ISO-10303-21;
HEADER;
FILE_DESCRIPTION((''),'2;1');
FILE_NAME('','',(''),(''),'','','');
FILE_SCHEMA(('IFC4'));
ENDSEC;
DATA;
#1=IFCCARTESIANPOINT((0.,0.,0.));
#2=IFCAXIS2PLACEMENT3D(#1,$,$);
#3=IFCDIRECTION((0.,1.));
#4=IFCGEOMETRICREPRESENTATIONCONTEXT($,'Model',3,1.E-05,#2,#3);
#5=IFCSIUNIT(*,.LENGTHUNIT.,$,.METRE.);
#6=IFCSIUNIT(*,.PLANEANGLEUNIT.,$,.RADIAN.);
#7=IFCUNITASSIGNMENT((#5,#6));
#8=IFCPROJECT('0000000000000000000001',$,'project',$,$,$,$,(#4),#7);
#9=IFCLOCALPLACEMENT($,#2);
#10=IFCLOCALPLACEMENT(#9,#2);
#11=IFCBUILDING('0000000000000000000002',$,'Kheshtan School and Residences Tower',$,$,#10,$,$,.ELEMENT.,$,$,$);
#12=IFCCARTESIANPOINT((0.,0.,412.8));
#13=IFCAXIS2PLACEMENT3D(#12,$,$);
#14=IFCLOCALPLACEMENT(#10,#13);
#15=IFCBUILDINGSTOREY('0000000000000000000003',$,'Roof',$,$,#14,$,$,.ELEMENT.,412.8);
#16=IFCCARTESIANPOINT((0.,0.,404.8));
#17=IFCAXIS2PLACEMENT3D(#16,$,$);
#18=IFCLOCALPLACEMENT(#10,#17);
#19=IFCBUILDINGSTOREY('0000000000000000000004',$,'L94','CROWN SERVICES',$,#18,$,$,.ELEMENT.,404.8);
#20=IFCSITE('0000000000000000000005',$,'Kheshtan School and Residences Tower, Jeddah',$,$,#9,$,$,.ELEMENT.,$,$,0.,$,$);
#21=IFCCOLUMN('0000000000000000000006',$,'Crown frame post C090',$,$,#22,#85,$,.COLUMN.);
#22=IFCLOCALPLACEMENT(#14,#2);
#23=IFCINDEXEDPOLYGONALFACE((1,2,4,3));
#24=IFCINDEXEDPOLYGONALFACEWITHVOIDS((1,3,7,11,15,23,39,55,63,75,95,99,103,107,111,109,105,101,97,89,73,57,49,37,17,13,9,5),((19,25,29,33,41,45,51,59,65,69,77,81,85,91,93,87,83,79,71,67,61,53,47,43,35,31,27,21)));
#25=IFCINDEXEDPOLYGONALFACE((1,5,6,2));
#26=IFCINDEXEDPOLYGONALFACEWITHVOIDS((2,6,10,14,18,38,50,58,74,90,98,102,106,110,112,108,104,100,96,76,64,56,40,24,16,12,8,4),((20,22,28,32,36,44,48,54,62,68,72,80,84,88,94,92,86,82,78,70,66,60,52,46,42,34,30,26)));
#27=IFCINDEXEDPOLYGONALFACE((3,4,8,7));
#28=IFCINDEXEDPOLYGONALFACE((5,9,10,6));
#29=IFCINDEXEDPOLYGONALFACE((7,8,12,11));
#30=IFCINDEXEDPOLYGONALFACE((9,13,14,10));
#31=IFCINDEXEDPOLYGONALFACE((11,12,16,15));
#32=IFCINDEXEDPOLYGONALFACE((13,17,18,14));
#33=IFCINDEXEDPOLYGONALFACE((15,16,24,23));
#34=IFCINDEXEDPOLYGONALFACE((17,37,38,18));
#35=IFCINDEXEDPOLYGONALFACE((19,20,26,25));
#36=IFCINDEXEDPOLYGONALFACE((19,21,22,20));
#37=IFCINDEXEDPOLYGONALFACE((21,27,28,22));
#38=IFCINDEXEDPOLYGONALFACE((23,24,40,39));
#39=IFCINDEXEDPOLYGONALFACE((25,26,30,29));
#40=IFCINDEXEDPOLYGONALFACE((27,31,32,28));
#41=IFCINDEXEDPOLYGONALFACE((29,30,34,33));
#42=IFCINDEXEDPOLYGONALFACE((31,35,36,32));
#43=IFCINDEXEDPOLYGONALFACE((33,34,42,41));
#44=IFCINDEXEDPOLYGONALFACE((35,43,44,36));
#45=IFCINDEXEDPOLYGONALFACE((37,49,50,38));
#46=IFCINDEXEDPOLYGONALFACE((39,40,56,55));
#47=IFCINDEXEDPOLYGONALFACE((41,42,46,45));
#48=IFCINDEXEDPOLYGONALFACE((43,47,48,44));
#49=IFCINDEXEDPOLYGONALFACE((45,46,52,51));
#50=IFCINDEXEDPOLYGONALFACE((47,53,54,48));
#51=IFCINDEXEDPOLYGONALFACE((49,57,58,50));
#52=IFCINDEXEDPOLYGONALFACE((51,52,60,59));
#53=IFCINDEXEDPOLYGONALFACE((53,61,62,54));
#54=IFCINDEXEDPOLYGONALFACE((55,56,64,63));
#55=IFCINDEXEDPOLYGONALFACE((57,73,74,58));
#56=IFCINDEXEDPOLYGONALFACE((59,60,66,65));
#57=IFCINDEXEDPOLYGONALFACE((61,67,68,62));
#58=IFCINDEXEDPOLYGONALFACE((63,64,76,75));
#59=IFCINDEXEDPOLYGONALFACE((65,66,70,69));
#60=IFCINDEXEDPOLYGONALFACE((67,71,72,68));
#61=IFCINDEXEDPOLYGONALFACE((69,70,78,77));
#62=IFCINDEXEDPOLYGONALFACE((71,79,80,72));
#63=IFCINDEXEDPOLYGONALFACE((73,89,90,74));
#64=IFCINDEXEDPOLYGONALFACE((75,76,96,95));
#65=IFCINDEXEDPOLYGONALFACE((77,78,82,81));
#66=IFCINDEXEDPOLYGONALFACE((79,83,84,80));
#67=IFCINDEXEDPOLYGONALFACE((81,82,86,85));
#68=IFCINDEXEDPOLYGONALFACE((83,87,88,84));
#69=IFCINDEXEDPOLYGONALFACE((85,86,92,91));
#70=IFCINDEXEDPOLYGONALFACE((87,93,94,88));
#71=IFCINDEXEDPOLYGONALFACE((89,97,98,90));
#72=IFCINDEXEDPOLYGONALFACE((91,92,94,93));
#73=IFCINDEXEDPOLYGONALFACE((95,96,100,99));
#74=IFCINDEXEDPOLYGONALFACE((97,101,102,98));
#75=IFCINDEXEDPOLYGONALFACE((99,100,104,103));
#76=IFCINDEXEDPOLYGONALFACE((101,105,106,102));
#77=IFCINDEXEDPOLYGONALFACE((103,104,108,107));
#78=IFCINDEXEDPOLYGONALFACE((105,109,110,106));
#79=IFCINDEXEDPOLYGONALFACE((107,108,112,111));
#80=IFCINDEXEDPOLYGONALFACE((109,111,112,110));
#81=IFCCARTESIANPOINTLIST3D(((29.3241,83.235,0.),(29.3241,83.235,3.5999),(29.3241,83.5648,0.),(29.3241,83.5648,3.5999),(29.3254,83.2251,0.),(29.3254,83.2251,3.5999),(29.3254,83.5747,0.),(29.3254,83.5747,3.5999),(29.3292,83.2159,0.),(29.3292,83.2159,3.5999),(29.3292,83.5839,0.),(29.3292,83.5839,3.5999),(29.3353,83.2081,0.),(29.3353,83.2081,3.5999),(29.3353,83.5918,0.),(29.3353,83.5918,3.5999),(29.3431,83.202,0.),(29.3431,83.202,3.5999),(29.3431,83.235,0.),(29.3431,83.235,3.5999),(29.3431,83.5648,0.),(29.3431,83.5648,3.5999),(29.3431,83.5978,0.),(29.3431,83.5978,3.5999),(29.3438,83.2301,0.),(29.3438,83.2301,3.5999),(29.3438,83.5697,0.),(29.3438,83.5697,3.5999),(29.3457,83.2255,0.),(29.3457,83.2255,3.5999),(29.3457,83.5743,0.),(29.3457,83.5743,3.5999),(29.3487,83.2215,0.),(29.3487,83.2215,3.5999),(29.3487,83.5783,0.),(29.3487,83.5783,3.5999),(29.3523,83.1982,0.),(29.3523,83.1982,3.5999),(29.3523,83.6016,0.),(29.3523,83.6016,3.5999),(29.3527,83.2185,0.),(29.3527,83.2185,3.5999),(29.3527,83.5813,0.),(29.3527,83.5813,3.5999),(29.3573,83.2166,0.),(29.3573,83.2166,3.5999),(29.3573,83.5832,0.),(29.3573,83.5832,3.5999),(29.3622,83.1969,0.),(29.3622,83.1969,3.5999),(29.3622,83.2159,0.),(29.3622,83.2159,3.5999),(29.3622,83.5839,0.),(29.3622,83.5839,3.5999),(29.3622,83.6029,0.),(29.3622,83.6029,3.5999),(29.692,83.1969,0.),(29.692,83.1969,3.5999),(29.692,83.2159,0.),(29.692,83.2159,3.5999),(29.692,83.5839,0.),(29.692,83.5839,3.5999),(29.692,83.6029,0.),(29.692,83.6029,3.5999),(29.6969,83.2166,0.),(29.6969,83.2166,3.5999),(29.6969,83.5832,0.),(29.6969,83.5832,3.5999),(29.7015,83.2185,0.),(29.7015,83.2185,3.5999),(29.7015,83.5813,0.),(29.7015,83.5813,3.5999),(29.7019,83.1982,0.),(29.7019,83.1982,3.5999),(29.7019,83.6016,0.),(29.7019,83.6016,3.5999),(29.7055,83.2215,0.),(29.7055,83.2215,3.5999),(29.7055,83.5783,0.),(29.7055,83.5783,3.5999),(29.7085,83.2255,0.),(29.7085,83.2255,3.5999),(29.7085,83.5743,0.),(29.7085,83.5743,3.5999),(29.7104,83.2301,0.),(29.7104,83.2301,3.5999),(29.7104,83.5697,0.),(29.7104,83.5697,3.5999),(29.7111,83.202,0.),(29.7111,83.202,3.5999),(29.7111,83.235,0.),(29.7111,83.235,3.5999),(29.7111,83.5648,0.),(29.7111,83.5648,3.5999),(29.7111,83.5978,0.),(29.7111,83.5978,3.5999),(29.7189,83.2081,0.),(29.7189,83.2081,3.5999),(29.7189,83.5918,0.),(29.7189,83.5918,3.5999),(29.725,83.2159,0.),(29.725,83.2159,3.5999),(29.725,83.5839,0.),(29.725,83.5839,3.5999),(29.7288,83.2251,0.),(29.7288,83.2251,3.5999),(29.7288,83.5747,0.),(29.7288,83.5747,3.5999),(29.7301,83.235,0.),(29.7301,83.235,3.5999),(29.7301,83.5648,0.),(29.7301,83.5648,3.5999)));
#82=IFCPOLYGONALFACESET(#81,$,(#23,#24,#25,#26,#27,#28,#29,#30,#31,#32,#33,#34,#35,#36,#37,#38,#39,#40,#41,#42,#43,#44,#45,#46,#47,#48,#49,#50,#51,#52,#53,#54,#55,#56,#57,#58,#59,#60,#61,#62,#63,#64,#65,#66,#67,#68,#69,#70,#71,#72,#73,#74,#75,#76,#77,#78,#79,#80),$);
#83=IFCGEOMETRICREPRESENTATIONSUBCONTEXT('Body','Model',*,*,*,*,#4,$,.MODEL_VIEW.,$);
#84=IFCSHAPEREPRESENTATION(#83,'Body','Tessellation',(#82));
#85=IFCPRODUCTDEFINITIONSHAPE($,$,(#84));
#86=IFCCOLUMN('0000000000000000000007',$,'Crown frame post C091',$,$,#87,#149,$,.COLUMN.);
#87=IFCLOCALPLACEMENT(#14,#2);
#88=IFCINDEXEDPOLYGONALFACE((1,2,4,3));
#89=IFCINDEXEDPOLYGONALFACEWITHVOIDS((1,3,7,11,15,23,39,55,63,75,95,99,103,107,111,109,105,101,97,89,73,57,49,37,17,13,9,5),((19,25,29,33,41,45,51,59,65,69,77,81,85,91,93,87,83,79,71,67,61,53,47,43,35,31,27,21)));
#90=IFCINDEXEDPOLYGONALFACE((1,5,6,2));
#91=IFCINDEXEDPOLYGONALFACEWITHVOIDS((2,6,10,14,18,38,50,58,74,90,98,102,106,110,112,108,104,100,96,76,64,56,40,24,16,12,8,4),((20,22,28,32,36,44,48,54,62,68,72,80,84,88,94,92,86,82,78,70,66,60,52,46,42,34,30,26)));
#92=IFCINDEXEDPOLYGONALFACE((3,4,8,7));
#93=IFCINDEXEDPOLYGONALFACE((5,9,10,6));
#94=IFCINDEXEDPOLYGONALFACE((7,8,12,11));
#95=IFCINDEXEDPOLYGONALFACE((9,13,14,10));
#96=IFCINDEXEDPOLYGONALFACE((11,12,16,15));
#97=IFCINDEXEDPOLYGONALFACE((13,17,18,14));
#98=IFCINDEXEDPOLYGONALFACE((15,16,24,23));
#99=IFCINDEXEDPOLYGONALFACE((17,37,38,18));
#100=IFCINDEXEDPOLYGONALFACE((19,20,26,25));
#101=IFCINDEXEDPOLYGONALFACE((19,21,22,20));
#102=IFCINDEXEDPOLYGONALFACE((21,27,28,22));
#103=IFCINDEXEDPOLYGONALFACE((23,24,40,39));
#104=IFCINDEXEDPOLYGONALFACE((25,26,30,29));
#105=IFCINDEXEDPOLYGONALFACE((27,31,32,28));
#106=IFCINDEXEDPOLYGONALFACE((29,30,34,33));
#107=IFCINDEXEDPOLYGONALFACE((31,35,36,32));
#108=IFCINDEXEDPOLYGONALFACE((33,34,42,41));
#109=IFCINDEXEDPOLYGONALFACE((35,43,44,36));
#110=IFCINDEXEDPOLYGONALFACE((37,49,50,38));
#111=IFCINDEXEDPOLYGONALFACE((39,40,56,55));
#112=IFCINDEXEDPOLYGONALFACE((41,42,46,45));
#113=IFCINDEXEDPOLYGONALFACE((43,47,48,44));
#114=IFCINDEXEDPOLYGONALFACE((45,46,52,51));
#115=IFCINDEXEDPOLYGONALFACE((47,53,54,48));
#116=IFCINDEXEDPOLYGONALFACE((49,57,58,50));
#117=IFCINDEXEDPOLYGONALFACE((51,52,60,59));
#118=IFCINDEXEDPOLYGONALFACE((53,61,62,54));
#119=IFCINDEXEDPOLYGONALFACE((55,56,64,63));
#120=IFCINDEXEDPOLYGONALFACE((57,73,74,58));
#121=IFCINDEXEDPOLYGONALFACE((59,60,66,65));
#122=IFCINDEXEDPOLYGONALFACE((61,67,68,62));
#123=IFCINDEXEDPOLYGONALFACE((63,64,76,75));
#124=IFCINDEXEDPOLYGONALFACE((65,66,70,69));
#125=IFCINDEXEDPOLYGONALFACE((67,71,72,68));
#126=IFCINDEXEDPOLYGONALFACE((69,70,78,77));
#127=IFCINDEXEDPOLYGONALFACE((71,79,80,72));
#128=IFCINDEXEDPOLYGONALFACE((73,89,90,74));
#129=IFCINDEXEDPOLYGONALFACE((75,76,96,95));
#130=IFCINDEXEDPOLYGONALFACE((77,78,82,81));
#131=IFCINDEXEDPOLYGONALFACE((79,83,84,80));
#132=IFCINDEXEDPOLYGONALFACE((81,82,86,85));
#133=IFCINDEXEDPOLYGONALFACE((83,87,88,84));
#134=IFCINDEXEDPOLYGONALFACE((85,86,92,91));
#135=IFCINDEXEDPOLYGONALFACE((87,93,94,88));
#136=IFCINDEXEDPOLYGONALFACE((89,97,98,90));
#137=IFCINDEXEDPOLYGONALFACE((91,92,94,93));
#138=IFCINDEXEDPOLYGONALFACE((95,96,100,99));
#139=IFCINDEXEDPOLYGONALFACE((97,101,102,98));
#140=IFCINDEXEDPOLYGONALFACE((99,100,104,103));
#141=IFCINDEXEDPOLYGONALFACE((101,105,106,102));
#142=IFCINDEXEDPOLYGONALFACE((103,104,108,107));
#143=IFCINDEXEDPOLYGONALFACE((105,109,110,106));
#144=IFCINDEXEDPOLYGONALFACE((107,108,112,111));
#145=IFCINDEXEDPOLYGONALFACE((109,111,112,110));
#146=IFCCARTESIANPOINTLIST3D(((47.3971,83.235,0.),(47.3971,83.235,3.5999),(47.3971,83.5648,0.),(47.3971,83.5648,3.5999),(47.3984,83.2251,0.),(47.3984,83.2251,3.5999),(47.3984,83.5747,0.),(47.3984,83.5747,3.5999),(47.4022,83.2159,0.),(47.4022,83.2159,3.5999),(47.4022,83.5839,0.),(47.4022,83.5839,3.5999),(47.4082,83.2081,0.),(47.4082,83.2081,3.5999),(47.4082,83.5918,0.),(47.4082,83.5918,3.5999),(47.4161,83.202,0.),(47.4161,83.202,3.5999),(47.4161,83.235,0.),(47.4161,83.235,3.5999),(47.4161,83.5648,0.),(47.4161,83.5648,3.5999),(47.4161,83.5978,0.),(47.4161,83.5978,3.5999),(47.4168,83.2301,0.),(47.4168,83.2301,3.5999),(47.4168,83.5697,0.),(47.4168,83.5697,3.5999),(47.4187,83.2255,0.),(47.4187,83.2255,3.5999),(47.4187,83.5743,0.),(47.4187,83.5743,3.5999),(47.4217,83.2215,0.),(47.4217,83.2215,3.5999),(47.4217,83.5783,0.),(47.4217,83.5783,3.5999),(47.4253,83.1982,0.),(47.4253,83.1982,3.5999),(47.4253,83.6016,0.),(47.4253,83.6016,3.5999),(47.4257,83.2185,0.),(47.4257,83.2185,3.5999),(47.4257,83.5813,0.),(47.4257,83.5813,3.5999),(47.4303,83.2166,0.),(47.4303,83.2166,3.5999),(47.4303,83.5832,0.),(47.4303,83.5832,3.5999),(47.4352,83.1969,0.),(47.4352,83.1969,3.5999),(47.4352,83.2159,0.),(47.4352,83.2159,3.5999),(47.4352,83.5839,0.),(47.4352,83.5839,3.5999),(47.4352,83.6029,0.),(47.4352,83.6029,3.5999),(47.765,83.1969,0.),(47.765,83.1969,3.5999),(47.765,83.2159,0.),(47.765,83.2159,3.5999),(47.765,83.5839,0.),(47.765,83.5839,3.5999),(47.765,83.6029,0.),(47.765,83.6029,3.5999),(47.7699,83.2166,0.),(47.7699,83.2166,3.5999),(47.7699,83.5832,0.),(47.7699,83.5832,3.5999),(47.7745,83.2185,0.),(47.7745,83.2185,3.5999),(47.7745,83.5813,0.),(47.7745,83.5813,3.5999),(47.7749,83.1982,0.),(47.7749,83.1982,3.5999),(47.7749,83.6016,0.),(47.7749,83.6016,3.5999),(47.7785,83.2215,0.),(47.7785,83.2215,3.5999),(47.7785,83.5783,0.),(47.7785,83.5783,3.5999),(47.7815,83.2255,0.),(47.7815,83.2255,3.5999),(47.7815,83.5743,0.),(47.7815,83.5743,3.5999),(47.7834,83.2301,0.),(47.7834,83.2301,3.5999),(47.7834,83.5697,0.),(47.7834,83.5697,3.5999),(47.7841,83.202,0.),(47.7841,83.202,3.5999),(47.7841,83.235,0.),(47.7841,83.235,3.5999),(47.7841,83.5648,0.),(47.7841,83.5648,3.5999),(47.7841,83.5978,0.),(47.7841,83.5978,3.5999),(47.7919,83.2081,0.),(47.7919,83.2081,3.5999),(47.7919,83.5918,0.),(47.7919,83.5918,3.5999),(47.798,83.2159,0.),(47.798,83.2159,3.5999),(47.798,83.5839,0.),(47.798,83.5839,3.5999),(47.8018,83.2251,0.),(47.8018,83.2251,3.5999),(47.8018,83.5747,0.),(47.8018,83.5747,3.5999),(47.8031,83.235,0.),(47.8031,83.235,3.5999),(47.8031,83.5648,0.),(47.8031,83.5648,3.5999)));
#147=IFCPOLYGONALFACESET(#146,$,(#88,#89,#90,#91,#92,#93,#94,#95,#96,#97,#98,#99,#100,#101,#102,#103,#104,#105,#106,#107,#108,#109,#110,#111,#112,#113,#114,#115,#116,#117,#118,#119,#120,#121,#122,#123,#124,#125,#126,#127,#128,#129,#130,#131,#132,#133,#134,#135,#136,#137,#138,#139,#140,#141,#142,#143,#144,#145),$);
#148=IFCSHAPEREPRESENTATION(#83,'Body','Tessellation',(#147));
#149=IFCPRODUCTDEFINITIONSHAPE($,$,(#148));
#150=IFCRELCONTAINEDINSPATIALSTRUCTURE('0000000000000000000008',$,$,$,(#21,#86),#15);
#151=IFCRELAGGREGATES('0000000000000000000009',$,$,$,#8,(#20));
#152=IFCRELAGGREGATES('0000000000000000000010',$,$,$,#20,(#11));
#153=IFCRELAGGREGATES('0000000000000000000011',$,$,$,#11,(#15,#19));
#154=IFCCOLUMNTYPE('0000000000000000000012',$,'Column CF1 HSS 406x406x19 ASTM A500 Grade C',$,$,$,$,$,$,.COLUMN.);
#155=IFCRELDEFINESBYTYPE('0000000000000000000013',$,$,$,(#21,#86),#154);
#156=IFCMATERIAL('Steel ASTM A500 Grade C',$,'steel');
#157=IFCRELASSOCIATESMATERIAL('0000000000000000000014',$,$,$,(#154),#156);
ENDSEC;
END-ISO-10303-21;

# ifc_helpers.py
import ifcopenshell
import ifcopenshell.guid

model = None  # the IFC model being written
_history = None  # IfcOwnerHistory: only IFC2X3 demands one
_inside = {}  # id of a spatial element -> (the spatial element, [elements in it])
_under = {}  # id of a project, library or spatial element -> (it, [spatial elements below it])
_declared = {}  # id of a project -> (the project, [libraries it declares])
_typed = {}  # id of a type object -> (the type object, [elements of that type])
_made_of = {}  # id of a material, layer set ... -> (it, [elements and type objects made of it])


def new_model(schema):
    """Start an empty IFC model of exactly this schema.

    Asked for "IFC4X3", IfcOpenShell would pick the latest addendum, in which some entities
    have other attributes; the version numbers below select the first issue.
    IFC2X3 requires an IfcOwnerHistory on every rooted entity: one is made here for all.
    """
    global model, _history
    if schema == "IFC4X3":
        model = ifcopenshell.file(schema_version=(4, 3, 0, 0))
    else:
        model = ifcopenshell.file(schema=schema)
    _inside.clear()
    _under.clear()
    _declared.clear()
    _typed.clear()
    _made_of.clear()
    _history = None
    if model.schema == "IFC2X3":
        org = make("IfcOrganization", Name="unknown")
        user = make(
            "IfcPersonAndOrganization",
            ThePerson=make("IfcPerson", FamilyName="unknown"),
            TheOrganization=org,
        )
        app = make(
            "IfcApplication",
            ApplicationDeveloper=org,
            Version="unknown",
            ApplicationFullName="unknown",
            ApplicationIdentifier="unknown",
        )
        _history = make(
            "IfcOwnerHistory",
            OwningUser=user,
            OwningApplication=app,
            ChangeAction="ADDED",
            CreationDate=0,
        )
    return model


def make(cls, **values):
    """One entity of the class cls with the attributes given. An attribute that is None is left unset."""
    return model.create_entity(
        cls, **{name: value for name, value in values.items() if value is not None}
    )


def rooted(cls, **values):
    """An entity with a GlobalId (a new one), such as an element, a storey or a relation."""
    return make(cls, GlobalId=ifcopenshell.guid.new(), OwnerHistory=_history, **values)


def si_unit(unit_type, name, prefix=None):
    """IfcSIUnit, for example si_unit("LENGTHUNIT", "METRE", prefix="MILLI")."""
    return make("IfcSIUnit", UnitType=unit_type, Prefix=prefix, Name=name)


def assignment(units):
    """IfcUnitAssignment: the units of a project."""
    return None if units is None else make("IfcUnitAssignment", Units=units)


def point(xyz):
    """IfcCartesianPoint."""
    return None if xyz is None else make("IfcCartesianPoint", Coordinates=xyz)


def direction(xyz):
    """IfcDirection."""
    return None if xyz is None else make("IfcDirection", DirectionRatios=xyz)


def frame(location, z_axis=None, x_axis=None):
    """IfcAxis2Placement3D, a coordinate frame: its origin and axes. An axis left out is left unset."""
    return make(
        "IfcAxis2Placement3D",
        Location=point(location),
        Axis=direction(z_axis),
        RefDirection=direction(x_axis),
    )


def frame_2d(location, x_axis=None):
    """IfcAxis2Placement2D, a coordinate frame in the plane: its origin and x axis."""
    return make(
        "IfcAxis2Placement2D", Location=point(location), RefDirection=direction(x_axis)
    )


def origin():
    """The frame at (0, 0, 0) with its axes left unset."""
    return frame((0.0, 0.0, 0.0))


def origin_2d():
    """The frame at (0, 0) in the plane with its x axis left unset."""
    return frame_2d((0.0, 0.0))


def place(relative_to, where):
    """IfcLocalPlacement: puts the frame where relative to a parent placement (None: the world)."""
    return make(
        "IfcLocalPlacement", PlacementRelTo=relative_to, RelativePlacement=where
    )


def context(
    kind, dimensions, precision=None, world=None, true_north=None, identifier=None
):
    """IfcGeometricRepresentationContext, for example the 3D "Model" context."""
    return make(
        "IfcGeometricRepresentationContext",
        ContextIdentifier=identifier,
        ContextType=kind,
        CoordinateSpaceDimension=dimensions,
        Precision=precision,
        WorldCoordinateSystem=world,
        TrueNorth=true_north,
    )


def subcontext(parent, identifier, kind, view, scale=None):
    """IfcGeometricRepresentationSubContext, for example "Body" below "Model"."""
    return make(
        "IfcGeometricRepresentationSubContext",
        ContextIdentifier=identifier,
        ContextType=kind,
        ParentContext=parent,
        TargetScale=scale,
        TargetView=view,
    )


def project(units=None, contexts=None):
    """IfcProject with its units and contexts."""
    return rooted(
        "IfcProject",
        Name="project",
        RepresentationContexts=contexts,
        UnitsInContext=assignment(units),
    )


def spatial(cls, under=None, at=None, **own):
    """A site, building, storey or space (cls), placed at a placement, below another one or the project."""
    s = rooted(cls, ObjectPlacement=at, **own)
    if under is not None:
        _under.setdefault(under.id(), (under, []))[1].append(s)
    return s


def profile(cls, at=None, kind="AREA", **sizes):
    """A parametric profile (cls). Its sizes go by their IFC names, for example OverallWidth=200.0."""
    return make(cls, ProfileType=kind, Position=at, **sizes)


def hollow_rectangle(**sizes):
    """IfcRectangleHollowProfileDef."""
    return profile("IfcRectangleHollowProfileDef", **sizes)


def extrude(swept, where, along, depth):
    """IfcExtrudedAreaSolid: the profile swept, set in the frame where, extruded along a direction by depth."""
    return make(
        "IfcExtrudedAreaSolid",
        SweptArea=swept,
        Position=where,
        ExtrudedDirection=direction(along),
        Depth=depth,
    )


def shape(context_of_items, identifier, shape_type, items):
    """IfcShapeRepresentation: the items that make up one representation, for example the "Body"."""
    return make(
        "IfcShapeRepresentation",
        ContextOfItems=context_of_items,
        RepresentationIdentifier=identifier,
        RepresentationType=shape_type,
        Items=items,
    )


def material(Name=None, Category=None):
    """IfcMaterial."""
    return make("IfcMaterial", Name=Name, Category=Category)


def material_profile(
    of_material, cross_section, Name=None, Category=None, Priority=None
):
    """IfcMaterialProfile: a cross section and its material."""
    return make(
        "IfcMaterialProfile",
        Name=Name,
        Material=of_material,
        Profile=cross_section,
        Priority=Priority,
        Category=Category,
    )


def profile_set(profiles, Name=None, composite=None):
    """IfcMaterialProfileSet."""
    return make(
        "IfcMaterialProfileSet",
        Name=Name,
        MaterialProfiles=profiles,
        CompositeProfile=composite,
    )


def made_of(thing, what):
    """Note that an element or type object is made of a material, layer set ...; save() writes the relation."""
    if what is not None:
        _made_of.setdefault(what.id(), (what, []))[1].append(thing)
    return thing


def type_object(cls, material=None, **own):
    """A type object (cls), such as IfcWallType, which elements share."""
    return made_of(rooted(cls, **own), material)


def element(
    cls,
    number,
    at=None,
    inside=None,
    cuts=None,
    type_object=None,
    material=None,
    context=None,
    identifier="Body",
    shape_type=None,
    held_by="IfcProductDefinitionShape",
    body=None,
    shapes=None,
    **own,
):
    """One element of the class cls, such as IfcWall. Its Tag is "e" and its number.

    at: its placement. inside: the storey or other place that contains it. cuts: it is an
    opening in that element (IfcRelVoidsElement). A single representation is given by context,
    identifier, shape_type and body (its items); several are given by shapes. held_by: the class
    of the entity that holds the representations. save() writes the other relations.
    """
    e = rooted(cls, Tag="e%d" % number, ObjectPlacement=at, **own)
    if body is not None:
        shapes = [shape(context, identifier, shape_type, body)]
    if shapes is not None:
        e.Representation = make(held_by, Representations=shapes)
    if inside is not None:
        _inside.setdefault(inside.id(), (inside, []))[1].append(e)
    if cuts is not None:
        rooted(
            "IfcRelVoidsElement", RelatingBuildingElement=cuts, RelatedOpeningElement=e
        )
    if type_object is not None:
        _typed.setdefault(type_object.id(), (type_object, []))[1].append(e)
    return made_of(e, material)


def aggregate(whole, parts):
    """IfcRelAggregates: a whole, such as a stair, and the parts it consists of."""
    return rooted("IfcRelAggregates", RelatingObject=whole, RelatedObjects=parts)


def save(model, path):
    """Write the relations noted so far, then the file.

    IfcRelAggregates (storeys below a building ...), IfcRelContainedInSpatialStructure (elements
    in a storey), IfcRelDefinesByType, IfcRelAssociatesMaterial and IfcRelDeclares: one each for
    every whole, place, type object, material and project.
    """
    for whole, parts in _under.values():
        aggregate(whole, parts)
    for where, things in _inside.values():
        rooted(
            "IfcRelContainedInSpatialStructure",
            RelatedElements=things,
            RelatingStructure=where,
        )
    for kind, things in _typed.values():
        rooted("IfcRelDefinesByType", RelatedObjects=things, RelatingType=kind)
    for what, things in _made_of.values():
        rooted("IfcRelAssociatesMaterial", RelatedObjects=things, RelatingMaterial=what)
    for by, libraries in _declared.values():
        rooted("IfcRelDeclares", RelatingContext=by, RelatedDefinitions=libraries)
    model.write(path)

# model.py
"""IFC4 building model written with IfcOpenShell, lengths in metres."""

from ifc_helpers import new_model, si_unit, direction, frame, origin, origin_2d, place, context, subcontext, project, spatial, hollow_rectangle, extrude, material, material_profile, profile_set, type_object, element, save


model = new_model("IFC4")

# Units and contexts
model_context = context("Model", 3, precision=1e-05, world=origin(), true_north=direction((0.0, 1.0)))
body_context = subcontext(model_context, "Body", "Model", "MODEL_VIEW")
ifc_project = project(units=[si_unit("LENGTHUNIT", "METRE"), si_unit("PLANEANGLEUNIT", "RADIAN")], contexts=[model_context])

# Site, building, storey
site_placement = place(None, origin())
site = spatial("IfcSite", under=ifc_project, at=site_placement, Name="Kheshtan School and Residences Tower, Jeddah", CompositionType="ELEMENT", RefElevation=0.0)
building_placement = place(site_placement, origin())
building = spatial("IfcBuilding", under=site, at=building_placement, Name="Kheshtan School and Residences Tower", CompositionType="ELEMENT")
storey_1_placement = place(building_placement, frame((0.0, 0.0, 412.8)))
storey_1 = spatial("IfcBuildingStorey", under=building, at=storey_1_placement, Name="Roof", CompositionType="ELEMENT", Elevation=412.8)

# Columns
ifc_material_1 = material(Name="Steel ASTM A500 Grade C", Category="steel")
ifc_material_profile = material_profile(ifc_material_1, hollow_rectangle(XDim=0.406, YDim=0.406, WallThickness=0.019, InnerFilletRadius=0.019, OuterFilletRadius=0.0381, at=origin_2d()), Name="HSS 406x406x19")
ifc_profile_set = profile_set([ifc_material_profile], Name="Steel ASTM A500 Grade C")
column_type = type_object("IfcColumnType", Name="Column CF1 HSS 406x406x19 ASTM A500 Grade C", PredefinedType="COLUMN", material=ifc_profile_set)
for number, where, z_axis, x_axis, name in (
    (1, (29.5271, 83.3999, 0.0), (0.0, 0.0, 1.0), (1.0, 0.0, 0.0), "Crown frame post C090"),
    (2, (47.6001, 83.3999, 0.0), (0.0, 0.0, 1.0), (1.0, 0.0, 0.0), "Crown frame post C091"),
):
    element("IfcColumn", number, at=place(storey_1_placement, frame(where, z_axis=z_axis, x_axis=x_axis)), inside=storey_1, type_object=column_type, Name=name, PredefinedType="COLUMN", context=body_context, shape_type="SweptSolid", body=[
        extrude(hollow_rectangle(XDim=0.406, YDim=0.406, WallThickness=0.019, InnerFilletRadius=0.019, OuterFilletRadius=0.0381, at=origin_2d()), origin(), (0.0, 0.0, 1.0), 3.5999),
    ])

# Shared definitions
storey_2_placement = place(building_placement, frame((0.0, 0.0, 404.8)))
storey_2 = spatial("IfcBuildingStorey", under=building, at=storey_2_placement, Name="L94", Description="CROWN SERVICES", CompositionType="ELEMENT", Elevation=404.8)

save(model, "model.ifc")
